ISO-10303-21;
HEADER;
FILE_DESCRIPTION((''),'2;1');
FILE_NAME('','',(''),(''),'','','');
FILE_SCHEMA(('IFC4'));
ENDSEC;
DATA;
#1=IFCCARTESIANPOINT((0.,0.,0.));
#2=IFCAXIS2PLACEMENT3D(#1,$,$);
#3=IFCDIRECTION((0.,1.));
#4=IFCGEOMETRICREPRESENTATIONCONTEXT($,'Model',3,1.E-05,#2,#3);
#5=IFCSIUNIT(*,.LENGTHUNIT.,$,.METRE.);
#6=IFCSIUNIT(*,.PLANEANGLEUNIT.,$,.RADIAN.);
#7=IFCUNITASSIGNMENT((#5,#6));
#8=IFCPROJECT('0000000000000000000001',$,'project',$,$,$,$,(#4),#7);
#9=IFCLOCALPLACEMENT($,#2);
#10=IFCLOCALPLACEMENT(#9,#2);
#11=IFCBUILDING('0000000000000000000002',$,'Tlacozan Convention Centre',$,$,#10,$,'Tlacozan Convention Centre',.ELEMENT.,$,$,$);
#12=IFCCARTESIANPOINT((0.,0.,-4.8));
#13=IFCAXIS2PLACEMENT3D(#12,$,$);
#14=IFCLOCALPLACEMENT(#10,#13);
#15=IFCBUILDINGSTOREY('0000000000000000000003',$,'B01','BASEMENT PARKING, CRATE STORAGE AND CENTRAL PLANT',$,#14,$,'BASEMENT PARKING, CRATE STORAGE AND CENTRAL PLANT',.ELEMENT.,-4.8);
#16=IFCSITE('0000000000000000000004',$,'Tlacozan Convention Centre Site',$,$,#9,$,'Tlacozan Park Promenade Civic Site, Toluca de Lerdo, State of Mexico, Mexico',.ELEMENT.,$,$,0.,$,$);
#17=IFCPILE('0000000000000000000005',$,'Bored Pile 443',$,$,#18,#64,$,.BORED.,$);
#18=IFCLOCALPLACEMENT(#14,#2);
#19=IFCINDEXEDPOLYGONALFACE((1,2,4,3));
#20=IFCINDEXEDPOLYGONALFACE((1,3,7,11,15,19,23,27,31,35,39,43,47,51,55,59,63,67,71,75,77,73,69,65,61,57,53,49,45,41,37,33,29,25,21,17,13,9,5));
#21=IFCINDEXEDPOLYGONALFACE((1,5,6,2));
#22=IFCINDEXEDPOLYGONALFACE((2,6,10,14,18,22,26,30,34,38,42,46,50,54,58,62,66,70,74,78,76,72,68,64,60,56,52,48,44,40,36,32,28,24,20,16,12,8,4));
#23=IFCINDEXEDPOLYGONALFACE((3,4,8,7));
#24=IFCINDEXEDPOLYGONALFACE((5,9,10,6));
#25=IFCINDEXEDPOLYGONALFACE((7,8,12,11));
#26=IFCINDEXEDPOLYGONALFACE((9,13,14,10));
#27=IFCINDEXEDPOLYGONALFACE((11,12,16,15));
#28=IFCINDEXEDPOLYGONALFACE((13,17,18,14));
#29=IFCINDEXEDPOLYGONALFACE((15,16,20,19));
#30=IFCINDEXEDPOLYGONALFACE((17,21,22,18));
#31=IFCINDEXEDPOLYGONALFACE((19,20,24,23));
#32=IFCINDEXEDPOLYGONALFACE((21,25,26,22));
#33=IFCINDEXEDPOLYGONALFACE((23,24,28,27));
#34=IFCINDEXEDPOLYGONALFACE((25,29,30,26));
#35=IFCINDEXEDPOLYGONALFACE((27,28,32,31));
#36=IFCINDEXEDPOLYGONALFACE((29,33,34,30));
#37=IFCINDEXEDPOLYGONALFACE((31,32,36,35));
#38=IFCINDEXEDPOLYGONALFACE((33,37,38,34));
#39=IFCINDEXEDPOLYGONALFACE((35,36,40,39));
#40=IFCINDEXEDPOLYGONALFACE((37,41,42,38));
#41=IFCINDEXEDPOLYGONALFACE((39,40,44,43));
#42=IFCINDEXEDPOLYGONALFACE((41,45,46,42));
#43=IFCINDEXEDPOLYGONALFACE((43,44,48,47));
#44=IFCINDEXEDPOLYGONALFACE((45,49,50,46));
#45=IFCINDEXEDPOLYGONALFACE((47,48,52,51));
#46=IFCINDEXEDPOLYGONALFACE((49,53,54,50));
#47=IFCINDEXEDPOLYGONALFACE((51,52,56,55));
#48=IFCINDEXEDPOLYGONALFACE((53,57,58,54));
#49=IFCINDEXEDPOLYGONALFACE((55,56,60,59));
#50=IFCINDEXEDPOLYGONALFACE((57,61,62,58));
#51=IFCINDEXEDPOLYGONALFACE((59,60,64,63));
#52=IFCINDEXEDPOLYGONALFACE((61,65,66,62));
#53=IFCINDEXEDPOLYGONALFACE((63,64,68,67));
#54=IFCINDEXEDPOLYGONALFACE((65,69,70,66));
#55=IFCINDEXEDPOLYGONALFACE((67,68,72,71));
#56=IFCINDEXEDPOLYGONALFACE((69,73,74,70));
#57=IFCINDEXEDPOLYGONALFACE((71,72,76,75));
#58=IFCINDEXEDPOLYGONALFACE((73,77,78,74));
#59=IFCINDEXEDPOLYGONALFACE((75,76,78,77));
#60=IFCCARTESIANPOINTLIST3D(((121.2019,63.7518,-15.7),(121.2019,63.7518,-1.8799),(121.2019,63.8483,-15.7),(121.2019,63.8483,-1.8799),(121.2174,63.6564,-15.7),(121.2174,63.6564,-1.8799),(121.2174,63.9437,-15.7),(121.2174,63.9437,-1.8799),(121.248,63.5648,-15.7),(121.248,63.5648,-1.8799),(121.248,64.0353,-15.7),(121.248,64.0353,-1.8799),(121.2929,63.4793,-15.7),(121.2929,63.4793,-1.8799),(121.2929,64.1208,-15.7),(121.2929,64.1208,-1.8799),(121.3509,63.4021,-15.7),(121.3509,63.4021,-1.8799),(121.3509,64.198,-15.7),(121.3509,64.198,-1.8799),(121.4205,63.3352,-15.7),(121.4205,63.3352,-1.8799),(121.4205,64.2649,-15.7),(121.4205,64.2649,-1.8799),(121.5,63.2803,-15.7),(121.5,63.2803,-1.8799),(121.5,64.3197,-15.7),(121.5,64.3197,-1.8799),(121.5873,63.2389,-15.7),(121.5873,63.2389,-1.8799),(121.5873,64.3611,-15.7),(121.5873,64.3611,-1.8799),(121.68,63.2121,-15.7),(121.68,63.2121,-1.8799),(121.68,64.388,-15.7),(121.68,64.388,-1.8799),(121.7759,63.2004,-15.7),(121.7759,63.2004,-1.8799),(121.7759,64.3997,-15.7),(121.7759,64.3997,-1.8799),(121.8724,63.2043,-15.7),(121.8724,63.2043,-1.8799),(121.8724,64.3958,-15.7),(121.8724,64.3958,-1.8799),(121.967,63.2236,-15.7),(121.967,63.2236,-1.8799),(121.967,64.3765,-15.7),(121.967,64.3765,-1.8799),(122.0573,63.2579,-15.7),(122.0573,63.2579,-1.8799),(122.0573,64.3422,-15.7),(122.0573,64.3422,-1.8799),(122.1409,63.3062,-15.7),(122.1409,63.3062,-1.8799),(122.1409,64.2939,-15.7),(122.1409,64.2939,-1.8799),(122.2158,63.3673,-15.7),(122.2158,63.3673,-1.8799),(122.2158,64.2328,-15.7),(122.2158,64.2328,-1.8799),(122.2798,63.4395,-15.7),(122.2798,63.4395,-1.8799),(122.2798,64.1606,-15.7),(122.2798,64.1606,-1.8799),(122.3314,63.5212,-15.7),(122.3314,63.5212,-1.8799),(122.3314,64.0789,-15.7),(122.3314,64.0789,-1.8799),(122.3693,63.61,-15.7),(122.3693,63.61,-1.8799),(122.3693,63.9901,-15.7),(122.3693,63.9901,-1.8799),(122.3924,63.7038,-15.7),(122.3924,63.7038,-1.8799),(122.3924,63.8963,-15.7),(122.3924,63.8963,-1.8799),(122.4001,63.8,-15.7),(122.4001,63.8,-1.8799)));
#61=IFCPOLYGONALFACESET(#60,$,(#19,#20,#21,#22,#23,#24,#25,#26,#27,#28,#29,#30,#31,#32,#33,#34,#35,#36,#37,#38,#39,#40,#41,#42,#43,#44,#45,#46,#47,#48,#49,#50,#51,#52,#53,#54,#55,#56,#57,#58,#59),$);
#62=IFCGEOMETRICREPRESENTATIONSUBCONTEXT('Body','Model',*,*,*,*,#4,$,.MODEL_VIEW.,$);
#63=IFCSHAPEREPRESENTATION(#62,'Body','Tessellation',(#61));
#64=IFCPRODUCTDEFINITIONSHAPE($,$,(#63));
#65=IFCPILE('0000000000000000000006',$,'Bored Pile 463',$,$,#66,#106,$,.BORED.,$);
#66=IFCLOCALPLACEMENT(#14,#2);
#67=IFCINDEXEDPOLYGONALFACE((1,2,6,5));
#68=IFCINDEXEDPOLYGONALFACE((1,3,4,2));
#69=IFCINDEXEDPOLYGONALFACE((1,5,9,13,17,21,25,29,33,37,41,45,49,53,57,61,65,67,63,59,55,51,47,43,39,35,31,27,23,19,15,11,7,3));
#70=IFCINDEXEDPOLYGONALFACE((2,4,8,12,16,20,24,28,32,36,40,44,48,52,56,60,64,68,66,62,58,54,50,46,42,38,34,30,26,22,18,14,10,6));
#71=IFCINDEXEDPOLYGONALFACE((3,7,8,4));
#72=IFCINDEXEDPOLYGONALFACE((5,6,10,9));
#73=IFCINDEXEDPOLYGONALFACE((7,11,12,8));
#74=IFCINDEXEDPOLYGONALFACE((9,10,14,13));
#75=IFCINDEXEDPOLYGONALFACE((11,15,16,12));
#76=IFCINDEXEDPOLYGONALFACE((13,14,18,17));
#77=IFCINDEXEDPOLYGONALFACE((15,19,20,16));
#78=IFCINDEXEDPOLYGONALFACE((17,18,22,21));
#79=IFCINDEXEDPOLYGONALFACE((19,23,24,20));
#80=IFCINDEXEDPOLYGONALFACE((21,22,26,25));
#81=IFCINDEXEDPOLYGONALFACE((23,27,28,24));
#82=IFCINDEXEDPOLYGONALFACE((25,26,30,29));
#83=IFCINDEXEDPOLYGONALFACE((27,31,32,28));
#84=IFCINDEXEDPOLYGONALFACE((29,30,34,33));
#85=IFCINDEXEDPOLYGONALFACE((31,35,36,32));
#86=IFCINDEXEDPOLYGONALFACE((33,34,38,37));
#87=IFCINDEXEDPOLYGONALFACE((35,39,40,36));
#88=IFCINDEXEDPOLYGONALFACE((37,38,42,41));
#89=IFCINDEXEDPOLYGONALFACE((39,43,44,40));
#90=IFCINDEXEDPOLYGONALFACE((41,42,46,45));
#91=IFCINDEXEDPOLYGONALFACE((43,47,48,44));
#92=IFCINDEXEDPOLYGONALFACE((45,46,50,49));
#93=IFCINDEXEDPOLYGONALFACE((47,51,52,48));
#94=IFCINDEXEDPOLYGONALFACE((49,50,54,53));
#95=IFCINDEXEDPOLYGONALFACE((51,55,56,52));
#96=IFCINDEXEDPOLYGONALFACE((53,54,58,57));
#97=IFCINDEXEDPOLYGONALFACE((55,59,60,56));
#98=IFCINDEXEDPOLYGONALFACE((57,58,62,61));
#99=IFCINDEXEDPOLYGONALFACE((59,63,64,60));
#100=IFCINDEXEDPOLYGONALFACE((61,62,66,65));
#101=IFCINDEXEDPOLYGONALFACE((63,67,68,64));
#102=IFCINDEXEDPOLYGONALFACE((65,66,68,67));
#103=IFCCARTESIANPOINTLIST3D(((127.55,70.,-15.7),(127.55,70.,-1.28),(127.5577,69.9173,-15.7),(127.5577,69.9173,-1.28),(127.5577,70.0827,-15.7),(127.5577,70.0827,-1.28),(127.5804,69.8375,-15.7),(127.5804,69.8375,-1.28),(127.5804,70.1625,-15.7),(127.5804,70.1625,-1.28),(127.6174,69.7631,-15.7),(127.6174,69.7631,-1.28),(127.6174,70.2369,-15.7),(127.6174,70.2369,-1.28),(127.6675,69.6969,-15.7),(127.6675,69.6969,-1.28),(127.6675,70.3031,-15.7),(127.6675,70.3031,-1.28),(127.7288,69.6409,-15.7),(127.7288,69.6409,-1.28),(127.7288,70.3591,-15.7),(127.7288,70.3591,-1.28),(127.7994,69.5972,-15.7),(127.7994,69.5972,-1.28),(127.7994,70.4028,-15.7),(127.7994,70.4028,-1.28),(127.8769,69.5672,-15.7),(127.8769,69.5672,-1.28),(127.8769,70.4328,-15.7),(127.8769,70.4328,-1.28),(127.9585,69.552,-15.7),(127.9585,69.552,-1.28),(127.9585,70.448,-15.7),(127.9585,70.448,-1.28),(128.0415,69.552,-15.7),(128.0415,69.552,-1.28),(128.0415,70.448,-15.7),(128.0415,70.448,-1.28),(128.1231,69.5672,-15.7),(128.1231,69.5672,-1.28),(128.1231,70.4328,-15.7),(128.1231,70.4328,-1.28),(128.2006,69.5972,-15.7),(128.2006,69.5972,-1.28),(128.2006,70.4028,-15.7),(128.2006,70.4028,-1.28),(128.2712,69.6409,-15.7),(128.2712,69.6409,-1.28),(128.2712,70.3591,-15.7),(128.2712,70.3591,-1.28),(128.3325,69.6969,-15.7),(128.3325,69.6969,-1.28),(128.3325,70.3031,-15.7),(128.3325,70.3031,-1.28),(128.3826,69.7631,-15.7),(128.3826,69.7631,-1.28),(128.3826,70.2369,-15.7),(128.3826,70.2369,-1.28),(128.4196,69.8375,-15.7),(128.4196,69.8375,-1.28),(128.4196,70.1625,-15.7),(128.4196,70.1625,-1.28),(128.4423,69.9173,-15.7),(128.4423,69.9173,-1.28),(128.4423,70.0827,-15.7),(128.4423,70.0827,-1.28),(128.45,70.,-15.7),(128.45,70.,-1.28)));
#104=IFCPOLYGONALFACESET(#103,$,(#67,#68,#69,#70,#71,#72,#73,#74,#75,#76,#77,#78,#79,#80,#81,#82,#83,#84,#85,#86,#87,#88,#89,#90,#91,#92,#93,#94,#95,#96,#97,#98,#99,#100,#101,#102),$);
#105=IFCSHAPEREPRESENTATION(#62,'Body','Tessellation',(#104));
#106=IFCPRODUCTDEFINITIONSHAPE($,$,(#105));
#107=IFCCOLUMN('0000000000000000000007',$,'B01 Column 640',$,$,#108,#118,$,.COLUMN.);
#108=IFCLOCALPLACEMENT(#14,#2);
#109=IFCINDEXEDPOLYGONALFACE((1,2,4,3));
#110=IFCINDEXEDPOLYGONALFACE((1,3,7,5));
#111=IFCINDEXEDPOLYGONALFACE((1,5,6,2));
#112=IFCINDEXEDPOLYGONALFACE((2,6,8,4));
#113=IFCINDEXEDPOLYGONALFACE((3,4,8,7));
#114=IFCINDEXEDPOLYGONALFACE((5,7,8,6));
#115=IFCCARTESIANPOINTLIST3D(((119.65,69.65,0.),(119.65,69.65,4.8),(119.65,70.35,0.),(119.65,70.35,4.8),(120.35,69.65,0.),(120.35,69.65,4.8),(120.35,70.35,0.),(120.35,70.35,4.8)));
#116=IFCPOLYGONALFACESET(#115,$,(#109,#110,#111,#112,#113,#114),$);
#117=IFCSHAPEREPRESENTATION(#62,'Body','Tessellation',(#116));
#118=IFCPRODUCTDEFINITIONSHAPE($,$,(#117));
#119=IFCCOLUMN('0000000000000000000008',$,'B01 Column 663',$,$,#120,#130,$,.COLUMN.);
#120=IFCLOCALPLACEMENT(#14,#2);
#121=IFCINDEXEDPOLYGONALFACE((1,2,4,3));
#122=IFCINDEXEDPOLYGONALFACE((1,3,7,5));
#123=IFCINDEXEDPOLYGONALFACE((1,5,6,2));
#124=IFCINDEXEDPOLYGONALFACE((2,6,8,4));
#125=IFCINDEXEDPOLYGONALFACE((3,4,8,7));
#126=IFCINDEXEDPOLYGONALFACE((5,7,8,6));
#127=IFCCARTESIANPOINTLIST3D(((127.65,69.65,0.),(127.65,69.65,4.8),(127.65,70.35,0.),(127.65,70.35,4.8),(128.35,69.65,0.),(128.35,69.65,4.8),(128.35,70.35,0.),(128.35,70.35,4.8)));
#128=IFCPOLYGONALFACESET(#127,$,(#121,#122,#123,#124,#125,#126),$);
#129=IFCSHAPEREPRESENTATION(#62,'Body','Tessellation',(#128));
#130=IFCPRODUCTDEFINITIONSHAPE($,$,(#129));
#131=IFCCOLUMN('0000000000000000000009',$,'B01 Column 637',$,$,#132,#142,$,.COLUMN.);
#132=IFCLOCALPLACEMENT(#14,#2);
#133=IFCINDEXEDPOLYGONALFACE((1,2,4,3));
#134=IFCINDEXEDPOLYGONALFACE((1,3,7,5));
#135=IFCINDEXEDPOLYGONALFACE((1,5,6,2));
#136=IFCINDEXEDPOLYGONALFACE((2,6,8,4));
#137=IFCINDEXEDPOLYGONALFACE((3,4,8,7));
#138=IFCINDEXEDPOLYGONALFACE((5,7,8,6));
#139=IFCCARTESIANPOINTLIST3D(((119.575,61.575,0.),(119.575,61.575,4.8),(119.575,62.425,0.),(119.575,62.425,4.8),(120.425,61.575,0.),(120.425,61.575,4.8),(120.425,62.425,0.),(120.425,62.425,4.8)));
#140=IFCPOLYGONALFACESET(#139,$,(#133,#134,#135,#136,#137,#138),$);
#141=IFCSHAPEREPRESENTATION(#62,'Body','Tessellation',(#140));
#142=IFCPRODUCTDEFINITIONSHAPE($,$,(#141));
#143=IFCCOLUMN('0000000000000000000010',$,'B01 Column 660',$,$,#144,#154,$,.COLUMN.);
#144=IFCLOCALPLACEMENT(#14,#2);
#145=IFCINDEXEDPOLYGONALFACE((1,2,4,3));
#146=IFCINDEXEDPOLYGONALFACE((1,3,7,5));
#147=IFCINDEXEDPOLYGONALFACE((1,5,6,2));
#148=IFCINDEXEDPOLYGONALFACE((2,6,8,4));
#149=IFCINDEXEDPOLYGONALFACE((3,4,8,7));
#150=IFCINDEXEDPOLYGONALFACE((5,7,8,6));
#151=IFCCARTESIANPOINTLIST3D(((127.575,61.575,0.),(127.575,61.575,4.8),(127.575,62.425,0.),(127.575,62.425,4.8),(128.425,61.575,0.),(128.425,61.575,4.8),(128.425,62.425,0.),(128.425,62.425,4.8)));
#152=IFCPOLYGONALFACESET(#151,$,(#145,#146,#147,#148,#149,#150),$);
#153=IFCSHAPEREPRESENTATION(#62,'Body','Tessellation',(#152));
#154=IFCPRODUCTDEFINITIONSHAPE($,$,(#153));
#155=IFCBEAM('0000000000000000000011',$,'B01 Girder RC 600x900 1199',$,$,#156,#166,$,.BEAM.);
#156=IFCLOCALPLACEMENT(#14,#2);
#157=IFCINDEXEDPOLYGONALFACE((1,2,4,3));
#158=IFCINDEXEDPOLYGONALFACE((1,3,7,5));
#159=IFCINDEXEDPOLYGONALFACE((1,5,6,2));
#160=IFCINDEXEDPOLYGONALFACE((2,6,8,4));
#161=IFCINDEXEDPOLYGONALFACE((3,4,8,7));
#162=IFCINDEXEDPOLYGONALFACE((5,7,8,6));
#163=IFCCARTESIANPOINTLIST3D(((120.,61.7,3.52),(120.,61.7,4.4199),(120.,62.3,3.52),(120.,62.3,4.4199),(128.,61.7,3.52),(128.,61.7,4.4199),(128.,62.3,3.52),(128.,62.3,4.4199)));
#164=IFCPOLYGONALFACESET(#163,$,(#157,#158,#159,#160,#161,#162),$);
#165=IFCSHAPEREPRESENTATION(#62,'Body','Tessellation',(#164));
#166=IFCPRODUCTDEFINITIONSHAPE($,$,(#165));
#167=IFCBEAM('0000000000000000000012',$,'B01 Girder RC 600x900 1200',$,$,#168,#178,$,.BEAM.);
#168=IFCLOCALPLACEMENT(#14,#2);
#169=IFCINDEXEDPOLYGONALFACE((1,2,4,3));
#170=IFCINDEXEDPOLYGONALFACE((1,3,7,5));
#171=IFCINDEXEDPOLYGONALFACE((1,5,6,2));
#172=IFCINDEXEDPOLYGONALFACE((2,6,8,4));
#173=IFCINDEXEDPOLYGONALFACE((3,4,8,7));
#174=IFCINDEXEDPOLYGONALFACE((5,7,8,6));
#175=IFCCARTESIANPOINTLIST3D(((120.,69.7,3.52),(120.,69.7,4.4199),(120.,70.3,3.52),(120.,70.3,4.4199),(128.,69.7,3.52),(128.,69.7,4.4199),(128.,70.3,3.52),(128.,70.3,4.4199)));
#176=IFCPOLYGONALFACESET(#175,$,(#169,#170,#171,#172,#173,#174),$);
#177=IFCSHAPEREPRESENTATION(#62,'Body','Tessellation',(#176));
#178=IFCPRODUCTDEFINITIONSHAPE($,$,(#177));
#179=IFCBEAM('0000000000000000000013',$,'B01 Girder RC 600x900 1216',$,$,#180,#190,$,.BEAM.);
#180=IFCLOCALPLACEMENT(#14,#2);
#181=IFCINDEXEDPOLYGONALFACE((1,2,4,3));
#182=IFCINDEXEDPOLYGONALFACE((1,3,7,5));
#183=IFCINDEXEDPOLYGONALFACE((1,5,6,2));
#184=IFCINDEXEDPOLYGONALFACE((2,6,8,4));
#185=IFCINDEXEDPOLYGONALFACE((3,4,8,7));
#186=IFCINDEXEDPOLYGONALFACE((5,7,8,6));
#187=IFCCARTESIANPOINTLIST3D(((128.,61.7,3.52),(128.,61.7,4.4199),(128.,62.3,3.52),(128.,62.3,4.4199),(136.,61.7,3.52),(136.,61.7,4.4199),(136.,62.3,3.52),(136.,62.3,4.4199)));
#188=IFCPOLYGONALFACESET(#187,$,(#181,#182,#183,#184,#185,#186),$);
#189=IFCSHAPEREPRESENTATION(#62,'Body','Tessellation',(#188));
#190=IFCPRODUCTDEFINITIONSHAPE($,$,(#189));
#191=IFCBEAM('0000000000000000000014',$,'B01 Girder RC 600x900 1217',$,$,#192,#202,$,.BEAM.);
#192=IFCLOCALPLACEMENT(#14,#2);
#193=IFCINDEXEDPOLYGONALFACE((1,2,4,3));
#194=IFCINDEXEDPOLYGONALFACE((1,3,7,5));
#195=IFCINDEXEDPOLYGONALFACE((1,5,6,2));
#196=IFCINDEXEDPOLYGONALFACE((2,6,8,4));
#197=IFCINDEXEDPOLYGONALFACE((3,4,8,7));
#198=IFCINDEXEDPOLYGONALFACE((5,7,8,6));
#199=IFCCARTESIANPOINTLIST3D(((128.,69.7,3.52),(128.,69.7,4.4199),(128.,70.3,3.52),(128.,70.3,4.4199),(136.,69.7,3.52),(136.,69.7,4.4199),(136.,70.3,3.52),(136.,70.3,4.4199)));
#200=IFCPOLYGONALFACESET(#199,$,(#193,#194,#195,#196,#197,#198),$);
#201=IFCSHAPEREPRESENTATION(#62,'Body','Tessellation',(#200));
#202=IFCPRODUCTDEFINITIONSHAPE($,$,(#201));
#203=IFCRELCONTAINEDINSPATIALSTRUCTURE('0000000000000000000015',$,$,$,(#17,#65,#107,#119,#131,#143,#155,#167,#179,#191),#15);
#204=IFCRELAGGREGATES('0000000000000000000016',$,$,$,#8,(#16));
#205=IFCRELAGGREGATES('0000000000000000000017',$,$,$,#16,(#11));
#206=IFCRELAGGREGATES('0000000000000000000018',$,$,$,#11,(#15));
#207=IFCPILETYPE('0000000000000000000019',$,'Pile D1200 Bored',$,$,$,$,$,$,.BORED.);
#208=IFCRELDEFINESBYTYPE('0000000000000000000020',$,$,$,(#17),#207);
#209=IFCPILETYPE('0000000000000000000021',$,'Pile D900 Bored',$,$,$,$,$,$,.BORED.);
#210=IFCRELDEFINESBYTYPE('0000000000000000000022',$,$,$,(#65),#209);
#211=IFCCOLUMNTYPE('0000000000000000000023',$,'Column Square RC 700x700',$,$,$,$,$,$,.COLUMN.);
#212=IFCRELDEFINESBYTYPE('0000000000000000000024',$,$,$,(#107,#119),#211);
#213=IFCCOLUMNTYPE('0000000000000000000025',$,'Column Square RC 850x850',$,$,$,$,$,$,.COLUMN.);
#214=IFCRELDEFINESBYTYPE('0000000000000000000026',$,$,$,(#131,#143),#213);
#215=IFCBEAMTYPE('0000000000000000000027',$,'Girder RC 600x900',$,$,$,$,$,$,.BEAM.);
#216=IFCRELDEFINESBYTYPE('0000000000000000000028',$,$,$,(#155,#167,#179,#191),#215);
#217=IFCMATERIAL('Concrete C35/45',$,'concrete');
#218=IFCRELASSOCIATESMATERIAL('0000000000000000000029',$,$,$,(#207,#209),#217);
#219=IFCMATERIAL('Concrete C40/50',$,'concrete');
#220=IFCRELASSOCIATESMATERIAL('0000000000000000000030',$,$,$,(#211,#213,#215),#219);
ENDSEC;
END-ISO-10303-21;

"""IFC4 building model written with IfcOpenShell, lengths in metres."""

from ifc_helpers import new_model, si_unit, direction, frame, origin, origin_2d, place, context, subcontext, project, spatial, rectangle, circle, extrude, material, material_profile, profile_set, type_object, element, save


model = new_model("IFC4")

# Units and contexts
model_context = context("Model", 3, precision=1e-05, world=origin(), true_north=direction((0.0, 1.0)))
body_context = subcontext(model_context, "Body", "Model", "MODEL_VIEW")
ifc_project = project(units=[si_unit("LENGTHUNIT", "METRE"), si_unit("PLANEANGLEUNIT", "RADIAN")], contexts=[model_context])

# Site, building, storey
site_placement = place(None, origin())
site = spatial("IfcSite", under=ifc_project, at=site_placement, Name="Tlacozan Convention Centre Site", LongName="Tlacozan Park Promenade Civic Site, Toluca de Lerdo, State of Mexico, Mexico", CompositionType="ELEMENT", RefElevation=0.0)
building_placement = place(site_placement, origin())
building = spatial("IfcBuilding", under=site, at=building_placement, Name="Tlacozan Convention Centre", LongName="Tlacozan Convention Centre", CompositionType="ELEMENT")
storey_placement = place(building_placement, frame((0.0, 0.0, -4.8)))
storey = spatial("IfcBuildingStorey", under=building, at=storey_placement, Name="B01", Description="BASEMENT PARKING, CRATE STORAGE AND CENTRAL PLANT", LongName="BASEMENT PARKING, CRATE STORAGE AND CENTRAL PLANT", CompositionType="ELEMENT", Elevation=-4.8)

# Shared definitions
ifc_material_1 = material(Name="Concrete C35/45", Category="concrete")

# Piles
ifc_material_profile_1 = material_profile(ifc_material_1, circle(Radius=0.6001, at=origin_2d()), Name="PILE D1200")
ifc_profile_set_1 = profile_set([ifc_material_profile_1], Name="Concrete C35/45")
pile_type_1 = type_object("IfcPileType", Name="Pile D1200 Bored", PredefinedType="BORED", material=ifc_profile_set_1)
pile_1_placement = place(storey_placement, frame((121.8, 63.8, -1.8799), z_axis=(0.0, 0.0, -1.0), x_axis=(1.0, 0.0, 0.0)))
element("IfcPile", 1, at=pile_1_placement, inside=storey, type_object=pile_type_1, Name="Bored Pile 443", PredefinedType="BORED", context=body_context, shape_type="SweptSolid", body=[
    extrude(circle(Radius=0.6001, at=origin_2d()), origin(), (0.0, 0.0, 1.0), 13.8201),
])
ifc_material_profile_2 = material_profile(ifc_material_1, circle(Radius=0.45, at=origin_2d()), Name="PILE D900")
ifc_profile_set_2 = profile_set([ifc_material_profile_2], Name="Concrete C35/45")
pile_type_2 = type_object("IfcPileType", Name="Pile D900 Bored", PredefinedType="BORED", material=ifc_profile_set_2)
pile_2_placement = place(storey_placement, frame((128.0, 70.0, -1.28), z_axis=(0.0, 0.0, -1.0), x_axis=(1.0, 0.0, 0.0)))
element("IfcPile", 2, at=pile_2_placement, inside=storey, type_object=pile_type_2, Name="Bored Pile 463", PredefinedType="BORED", context=body_context, shape_type="SweptSolid", body=[
    extrude(circle(Radius=0.45, at=origin_2d()), origin(), (0.0, 0.0, 1.0), 14.4199),
])

# Columns
ifc_material_2 = material(Name="Concrete C40/50", Category="concrete")
ifc_material_profile_3 = material_profile(ifc_material_2, rectangle(XDim=0.7, YDim=0.7, at=origin_2d()), Name="RC 700x700")
ifc_profile_set_3 = profile_set([ifc_material_profile_3], Name="Concrete C40/50")
column_type_1 = type_object("IfcColumnType", Name="Column Square RC 700x700", PredefinedType="COLUMN", material=ifc_profile_set_3)
for number, where, z_axis, x_axis, name in (
    (3, (120.0, 70.0, 0.0), (0.0, 0.0, 1.0), (1.0, 0.0, 0.0), "B01 Column 640"),
    (4, (128.0, 70.0, 0.0), (0.0, 0.0, 1.0), (1.0, 0.0, 0.0), "B01 Column 663"),
):
    element("IfcColumn", number, at=place(storey_placement, frame(where, z_axis=z_axis, x_axis=x_axis)), inside=storey, type_object=column_type_1, Name=name, PredefinedType="COLUMN", context=body_context, shape_type="SweptSolid", body=[
        extrude(rectangle(XDim=0.7, YDim=0.7, at=origin_2d()), origin(), (0.0, 0.0, 1.0), 4.8),
    ])
ifc_material_profile_4 = material_profile(ifc_material_2, rectangle(XDim=0.8501, YDim=0.8501, at=origin_2d()), Name="RC 850x850")
ifc_profile_set_4 = profile_set([ifc_material_profile_4], Name="Concrete C40/50")
column_type_2 = type_object("IfcColumnType", Name="Column Square RC 850x850", PredefinedType="COLUMN", material=ifc_profile_set_4)
for number, where, z_axis, x_axis, name in (
    (5, (120.0, 62.0, 0.0), (0.0, 0.0, 1.0), (1.0, 0.0, 0.0), "B01 Column 637"),
    (6, (128.0, 62.0, 0.0), (0.0, 0.0, 1.0), (1.0, 0.0, 0.0), "B01 Column 660"),
):
    element("IfcColumn", number, at=place(storey_placement, frame(where, z_axis=z_axis, x_axis=x_axis)), inside=storey, type_object=column_type_2, Name=name, PredefinedType="COLUMN", context=body_context, shape_type="SweptSolid", body=[
        extrude(rectangle(XDim=0.8501, YDim=0.8501, at=origin_2d()), origin(), (0.0, 0.0, 1.0), 4.8),
    ])

# Beams
ifc_material_profile_5 = material_profile(ifc_material_2, rectangle(XDim=0.6001, YDim=0.8999, at=origin_2d()), Name="RC 600x900")
ifc_profile_set_5 = profile_set([ifc_material_profile_5], Name="Concrete C40/50")
beam_type_1 = type_object("IfcBeamType", Name="Girder RC 600x900", PredefinedType="BEAM", material=ifc_profile_set_5)
for number, where, z_axis, x_axis, name in (
    (7, (120.0, 62.0, 3.97), (1.0, 0.0, 0.0), (0.0, 1.0, 0.0), "B01 Girder RC 600x900 1199"),
    (8, (120.0, 70.0, 3.97), (1.0, 0.0, 0.0), (0.0, 1.0, 0.0), "B01 Girder RC 600x900 1200"),
    (9, (128.0, 62.0, 3.97), (1.0, 0.0, 0.0), (0.0, 1.0, 0.0), "B01 Girder RC 600x900 1216"),
    (10, (128.0, 70.0, 3.97), (1.0, 0.0, 0.0), (0.0, 1.0, 0.0), "B01 Girder RC 600x900 1217"),
):
    element("IfcBeam", number, at=place(storey_placement, frame(where, z_axis=z_axis, x_axis=x_axis)), inside=storey, type_object=beam_type_1, Name=name, PredefinedType="BEAM", context=body_context, shape_type="SweptSolid", body=[
        extrude(rectangle(XDim=0.6001, YDim=0.8999, at=origin_2d()), origin(), (0.0, 0.0, 1.0), 8.0),
    ])

save(model, "model.ifc")
